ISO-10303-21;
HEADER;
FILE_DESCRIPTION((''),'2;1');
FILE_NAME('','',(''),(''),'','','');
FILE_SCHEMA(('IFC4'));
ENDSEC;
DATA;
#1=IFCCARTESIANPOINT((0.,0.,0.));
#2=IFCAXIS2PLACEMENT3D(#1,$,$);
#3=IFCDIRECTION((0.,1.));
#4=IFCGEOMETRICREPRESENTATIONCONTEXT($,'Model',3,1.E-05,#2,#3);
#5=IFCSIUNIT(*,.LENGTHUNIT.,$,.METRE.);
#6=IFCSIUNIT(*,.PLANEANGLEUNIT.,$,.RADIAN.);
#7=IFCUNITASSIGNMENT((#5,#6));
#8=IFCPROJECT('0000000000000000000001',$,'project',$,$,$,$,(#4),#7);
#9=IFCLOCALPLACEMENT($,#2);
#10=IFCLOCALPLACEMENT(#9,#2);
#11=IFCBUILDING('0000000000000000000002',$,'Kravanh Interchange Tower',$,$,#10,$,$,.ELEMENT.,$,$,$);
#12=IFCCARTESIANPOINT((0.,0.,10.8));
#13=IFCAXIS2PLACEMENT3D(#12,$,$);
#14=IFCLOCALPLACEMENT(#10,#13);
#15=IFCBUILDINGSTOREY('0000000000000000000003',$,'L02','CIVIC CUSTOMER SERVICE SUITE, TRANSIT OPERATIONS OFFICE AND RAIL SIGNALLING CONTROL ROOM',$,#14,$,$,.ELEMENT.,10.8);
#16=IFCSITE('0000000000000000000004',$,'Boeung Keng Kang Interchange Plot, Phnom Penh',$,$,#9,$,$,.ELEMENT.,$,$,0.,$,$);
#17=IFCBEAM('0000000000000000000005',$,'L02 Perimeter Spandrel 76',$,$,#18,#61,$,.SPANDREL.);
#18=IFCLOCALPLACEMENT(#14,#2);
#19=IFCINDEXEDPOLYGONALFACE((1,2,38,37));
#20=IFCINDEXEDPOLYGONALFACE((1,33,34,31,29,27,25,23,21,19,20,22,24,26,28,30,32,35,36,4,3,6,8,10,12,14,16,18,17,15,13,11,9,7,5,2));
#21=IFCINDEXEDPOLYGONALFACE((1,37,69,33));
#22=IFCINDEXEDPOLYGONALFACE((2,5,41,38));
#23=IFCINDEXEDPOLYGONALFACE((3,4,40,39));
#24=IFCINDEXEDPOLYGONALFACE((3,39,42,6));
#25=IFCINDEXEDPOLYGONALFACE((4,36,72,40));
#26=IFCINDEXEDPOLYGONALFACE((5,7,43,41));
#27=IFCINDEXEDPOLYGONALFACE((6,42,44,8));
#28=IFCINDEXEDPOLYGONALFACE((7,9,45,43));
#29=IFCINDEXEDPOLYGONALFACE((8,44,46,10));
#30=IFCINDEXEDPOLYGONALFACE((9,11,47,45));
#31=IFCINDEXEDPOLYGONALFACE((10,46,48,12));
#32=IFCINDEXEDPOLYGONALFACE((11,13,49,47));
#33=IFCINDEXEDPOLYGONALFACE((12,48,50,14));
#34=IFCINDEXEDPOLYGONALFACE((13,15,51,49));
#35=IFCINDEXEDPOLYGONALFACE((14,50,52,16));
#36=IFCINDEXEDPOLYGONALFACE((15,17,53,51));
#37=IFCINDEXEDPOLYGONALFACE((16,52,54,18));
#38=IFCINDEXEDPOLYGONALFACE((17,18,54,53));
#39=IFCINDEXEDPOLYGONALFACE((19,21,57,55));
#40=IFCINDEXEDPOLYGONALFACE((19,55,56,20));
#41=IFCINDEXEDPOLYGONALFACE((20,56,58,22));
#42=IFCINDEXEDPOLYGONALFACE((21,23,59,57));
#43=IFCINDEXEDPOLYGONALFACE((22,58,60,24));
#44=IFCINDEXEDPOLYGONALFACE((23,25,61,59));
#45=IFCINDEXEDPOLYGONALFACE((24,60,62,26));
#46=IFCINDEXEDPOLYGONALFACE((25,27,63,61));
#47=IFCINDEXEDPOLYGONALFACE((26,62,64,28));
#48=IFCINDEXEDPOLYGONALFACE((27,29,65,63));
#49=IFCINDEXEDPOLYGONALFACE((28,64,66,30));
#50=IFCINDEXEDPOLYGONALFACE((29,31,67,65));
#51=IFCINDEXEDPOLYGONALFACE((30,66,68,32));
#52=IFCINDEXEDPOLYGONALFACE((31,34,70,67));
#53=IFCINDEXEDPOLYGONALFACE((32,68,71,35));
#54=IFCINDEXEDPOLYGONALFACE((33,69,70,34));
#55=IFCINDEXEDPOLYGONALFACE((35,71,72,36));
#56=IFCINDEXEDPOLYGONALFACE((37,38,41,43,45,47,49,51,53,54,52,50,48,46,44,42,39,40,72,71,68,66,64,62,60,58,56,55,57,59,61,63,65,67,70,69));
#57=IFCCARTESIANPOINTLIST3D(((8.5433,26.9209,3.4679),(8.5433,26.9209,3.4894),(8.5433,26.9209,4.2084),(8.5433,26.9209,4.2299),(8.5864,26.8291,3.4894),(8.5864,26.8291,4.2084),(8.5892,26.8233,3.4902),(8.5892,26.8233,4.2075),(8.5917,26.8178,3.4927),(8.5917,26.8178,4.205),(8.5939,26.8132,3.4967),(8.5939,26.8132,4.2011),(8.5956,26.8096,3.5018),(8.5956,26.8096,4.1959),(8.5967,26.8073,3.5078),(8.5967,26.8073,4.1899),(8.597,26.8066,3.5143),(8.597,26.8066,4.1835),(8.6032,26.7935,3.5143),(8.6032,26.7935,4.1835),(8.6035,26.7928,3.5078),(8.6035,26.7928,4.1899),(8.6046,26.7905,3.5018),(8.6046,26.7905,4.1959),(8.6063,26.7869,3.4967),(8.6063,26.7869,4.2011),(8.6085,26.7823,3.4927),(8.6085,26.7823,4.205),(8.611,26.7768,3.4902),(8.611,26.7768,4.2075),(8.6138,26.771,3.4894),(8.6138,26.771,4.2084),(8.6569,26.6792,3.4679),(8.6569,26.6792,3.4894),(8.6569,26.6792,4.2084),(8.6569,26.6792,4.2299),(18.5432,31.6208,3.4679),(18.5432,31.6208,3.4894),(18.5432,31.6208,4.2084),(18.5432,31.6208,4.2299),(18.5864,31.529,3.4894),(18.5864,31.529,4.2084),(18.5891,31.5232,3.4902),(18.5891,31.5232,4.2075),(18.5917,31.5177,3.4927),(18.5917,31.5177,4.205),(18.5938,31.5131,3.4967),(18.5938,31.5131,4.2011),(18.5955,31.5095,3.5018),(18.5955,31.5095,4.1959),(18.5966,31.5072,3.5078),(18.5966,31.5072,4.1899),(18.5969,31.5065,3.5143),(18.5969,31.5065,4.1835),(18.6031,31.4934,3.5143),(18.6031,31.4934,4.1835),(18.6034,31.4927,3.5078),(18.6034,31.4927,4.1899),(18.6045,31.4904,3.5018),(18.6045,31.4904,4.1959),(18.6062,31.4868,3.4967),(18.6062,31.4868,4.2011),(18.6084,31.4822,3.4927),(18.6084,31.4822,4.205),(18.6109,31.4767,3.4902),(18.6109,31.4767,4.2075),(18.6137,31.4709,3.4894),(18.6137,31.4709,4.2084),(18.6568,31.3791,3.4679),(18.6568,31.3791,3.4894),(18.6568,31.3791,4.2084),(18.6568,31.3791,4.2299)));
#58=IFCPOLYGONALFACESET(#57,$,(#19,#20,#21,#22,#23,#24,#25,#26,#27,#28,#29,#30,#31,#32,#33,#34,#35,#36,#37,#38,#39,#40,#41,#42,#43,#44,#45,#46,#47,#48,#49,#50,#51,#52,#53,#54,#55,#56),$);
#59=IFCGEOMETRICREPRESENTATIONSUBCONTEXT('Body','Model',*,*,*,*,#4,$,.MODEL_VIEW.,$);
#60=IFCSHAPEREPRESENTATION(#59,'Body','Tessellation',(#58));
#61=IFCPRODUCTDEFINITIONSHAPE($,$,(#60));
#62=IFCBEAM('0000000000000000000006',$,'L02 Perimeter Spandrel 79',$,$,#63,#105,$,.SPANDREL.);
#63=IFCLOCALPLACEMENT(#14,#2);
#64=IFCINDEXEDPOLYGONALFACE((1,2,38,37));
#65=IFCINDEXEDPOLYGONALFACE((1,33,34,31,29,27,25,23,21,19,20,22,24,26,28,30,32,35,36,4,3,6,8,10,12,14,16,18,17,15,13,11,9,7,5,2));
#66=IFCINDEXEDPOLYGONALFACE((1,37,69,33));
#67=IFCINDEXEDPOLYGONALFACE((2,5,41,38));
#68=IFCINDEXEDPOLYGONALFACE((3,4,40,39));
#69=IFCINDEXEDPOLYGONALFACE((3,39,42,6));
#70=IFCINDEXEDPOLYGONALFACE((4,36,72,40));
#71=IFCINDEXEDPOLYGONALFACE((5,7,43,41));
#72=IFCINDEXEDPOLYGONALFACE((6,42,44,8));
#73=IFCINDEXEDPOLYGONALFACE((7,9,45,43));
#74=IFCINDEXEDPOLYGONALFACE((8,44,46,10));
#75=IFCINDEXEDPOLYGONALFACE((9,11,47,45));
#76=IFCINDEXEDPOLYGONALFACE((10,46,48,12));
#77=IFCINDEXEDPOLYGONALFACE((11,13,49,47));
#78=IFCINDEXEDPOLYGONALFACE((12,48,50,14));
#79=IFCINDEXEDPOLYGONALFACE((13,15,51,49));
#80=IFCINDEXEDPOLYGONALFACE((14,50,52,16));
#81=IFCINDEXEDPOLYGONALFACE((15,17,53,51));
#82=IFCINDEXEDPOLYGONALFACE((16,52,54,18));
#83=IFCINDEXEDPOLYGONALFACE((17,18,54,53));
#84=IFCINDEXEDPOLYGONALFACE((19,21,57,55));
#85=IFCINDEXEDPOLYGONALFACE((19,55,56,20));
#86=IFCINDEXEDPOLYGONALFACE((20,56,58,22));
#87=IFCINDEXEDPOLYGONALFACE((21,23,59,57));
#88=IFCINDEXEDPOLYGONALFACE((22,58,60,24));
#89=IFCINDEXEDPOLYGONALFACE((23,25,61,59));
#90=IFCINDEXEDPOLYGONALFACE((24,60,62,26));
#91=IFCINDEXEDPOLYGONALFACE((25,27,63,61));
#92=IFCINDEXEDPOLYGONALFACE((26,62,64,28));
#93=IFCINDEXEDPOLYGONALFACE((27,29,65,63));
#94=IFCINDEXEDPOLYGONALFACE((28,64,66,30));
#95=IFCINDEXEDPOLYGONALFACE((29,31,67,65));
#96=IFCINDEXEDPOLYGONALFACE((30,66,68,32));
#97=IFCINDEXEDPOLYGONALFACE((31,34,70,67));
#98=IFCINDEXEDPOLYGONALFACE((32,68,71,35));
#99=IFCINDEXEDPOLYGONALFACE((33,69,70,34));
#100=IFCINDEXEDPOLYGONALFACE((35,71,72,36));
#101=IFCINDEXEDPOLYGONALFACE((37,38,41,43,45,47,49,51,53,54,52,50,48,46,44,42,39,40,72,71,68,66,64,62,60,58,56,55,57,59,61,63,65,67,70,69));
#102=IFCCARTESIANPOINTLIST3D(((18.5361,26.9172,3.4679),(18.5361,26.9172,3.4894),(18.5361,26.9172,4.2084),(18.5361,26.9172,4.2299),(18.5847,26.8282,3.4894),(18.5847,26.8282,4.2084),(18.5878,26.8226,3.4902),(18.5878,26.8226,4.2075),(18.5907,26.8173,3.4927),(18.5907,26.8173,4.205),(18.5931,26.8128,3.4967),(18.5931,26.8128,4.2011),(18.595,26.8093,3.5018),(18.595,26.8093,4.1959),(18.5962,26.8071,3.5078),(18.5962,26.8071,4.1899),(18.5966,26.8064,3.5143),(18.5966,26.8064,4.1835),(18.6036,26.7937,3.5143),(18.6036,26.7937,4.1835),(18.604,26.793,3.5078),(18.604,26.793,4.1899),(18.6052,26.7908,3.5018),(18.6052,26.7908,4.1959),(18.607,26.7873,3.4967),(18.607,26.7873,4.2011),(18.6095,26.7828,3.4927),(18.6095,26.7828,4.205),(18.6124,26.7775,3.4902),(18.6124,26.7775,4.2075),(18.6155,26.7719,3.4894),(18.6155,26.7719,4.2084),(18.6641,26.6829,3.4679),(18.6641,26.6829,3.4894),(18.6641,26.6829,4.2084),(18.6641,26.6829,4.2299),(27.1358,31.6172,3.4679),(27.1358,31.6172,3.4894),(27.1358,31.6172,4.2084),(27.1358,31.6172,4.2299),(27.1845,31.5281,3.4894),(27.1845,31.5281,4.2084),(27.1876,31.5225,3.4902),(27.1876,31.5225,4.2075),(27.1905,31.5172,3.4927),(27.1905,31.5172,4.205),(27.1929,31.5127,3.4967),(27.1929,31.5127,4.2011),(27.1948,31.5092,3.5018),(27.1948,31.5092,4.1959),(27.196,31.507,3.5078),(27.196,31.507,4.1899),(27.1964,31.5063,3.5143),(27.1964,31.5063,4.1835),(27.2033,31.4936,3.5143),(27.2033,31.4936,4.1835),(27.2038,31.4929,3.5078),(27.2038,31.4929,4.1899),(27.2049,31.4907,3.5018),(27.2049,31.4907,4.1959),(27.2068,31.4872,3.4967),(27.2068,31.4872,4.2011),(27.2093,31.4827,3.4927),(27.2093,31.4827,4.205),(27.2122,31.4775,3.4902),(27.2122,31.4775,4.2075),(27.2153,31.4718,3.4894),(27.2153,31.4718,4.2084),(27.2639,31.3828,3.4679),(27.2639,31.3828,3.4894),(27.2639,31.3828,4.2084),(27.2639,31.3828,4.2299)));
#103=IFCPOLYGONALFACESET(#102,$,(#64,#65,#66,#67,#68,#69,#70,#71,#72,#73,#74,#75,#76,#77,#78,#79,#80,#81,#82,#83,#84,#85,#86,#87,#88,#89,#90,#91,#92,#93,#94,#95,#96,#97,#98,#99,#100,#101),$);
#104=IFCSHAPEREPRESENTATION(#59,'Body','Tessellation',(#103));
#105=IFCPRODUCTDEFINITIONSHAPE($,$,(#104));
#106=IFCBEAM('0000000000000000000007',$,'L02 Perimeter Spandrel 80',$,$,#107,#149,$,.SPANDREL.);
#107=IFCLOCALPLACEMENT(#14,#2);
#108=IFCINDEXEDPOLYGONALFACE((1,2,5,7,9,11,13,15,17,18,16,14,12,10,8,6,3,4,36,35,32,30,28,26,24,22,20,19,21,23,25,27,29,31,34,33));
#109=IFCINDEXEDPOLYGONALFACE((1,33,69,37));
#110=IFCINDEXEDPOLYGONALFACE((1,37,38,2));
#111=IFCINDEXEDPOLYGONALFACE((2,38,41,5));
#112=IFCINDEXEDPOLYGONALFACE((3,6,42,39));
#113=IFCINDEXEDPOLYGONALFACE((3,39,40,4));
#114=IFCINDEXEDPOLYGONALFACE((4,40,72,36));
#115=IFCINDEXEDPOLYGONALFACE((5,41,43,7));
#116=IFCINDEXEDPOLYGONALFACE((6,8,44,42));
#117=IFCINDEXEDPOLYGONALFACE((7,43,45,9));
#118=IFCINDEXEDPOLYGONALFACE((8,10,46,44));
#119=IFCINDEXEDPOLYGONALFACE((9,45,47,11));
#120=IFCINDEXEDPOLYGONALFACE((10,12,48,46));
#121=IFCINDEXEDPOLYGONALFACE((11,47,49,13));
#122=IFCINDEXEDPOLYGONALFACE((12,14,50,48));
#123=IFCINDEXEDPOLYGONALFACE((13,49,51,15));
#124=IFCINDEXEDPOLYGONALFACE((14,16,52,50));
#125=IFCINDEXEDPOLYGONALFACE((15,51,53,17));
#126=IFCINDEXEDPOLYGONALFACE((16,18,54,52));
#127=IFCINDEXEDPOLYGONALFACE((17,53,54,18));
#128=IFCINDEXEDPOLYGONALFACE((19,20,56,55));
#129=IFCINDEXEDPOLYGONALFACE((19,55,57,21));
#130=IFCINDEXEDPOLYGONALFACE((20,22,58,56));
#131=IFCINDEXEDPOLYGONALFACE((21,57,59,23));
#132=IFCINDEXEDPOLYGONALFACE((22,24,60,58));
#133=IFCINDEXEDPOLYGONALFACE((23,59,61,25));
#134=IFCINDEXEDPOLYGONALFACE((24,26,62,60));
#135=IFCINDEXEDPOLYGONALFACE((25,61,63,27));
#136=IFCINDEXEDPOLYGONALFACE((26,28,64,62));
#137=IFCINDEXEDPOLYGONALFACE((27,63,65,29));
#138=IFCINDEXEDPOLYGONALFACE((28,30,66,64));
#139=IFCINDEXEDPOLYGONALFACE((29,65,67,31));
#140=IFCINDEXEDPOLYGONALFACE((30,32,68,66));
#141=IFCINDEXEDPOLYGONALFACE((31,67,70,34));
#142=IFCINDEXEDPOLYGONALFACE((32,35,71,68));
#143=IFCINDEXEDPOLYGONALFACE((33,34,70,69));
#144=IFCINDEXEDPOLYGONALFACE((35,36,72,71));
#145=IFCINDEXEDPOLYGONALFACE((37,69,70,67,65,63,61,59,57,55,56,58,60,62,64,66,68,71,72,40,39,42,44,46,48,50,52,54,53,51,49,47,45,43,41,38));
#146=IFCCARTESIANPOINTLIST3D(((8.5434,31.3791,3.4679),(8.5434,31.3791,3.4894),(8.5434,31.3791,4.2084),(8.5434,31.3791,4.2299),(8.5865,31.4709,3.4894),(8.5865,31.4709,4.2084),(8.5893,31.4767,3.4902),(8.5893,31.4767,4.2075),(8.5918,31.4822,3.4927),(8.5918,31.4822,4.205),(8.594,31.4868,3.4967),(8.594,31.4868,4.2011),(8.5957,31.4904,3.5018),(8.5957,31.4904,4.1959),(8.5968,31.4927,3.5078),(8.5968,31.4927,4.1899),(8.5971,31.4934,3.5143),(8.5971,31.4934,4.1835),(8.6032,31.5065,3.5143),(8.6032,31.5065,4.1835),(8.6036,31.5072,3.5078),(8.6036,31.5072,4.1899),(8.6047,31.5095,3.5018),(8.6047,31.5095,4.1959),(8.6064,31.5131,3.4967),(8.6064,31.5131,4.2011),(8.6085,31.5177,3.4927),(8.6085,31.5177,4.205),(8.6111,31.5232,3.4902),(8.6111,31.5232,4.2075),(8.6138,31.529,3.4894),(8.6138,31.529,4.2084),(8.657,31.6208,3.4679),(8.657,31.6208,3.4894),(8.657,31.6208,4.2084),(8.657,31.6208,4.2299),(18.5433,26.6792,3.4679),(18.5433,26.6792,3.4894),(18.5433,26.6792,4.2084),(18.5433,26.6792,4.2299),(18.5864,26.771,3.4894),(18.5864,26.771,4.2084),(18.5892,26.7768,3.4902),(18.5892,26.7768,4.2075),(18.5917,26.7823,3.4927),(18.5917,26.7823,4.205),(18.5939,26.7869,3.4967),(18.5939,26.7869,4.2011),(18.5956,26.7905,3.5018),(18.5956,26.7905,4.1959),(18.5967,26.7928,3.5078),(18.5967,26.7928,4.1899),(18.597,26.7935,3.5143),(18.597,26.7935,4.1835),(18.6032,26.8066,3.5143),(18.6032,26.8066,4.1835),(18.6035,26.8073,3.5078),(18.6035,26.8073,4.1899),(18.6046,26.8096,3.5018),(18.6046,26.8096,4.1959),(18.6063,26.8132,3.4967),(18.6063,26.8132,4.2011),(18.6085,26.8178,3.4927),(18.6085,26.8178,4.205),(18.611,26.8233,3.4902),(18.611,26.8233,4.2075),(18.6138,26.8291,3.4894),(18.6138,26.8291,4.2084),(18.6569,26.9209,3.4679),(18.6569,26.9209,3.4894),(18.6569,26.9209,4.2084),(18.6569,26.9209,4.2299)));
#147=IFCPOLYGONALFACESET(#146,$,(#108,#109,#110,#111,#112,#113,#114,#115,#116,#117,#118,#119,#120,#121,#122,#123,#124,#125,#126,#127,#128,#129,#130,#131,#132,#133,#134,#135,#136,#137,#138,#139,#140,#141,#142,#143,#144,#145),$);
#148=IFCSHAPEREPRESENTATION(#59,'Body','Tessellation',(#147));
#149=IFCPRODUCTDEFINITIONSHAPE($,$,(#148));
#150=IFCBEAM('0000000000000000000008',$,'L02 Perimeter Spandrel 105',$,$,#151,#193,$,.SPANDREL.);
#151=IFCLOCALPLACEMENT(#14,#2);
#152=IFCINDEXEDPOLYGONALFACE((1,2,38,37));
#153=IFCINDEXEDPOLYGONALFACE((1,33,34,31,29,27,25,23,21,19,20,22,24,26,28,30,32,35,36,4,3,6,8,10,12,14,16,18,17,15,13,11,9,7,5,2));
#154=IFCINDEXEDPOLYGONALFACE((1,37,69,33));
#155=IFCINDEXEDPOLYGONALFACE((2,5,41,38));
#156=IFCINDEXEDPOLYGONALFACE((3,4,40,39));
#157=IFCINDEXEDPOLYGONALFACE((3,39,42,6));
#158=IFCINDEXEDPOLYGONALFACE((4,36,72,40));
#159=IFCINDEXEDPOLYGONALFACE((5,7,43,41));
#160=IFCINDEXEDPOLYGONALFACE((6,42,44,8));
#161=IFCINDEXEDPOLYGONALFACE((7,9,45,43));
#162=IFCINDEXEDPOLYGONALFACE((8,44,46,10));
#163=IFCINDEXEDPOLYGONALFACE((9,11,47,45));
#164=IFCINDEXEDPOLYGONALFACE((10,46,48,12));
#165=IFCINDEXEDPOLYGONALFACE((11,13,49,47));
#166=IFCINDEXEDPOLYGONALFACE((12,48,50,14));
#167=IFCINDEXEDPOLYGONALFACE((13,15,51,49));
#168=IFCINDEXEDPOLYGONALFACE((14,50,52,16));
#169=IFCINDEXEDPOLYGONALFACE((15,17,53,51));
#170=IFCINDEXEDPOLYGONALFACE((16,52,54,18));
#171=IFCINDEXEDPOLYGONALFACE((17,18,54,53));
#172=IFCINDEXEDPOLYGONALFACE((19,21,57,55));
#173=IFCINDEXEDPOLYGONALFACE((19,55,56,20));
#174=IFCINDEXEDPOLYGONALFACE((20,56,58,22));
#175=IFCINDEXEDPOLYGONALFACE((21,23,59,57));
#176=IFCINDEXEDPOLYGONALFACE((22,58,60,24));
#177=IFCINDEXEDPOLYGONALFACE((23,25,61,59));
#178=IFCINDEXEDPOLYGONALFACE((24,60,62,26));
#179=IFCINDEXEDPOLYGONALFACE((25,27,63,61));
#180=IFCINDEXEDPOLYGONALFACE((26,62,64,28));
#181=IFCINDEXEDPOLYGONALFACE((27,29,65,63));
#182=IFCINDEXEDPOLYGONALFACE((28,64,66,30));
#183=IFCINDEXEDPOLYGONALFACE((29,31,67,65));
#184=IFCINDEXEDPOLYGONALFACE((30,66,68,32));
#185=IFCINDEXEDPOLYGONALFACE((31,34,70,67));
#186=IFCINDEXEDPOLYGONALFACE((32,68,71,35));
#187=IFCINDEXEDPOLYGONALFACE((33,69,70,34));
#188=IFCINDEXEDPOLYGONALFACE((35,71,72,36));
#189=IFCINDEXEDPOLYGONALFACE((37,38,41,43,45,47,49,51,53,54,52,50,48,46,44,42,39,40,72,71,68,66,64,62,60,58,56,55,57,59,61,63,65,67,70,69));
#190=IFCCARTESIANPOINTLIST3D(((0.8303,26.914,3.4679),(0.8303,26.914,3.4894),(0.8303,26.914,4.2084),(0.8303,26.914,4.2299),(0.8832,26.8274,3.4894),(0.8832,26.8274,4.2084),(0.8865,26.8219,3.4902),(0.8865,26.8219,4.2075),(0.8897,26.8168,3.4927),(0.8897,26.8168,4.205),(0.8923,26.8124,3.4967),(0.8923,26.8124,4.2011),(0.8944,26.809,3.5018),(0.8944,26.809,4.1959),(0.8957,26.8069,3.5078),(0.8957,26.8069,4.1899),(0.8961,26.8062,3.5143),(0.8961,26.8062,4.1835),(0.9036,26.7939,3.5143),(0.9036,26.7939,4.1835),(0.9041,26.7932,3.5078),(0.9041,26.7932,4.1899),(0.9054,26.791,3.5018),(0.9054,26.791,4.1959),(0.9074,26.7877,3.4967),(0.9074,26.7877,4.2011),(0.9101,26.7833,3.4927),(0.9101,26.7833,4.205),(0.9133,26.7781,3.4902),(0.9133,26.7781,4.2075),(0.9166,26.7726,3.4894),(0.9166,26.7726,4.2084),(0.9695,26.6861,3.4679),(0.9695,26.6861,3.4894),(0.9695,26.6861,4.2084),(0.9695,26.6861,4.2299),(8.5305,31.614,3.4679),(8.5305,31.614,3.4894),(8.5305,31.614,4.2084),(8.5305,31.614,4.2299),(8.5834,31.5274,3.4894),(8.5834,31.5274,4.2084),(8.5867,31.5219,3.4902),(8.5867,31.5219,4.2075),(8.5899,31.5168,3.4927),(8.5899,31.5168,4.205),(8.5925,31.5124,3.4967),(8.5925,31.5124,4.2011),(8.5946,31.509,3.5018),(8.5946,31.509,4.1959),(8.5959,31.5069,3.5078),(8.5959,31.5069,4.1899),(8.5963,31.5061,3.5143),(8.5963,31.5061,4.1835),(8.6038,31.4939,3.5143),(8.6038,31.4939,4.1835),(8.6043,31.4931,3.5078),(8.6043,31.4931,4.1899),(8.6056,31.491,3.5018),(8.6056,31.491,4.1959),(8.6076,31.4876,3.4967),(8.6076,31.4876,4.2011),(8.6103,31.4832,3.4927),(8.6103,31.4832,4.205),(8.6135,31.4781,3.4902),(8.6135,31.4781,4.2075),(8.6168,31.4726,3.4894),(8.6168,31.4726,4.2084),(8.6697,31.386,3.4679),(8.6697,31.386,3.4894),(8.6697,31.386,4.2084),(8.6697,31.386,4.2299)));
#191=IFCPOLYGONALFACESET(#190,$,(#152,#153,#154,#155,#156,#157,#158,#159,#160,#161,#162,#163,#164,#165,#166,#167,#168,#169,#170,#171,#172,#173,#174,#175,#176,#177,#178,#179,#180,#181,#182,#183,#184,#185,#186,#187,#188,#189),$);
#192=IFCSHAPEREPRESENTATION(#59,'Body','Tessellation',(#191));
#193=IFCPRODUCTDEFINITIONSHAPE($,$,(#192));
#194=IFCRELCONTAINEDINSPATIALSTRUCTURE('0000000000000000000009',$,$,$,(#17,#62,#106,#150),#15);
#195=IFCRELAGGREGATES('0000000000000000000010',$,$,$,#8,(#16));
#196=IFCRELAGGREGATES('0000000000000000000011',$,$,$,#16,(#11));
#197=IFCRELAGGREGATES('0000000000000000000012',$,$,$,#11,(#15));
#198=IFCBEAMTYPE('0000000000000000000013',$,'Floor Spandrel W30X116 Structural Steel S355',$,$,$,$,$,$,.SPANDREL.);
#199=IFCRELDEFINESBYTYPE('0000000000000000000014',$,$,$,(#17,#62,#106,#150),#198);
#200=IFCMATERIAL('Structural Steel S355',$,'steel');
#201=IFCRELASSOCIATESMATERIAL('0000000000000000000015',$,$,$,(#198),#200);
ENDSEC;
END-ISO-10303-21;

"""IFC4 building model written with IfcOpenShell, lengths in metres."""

from ifc_helpers import new_model, si_unit, direction, frame, origin, origin_2d, place, context, subcontext, project, spatial, i_section, extrude, material, material_profile, profile_set, type_object, element, save


model = new_model("IFC4")

# Units and contexts
model_context = context("Model", 3, precision=1e-05, world=origin(), true_north=direction((0.0, 1.0)))
body_context = subcontext(model_context, "Body", "Model", "MODEL_VIEW")
ifc_project = project(units=[si_unit("LENGTHUNIT", "METRE"), si_unit("PLANEANGLEUNIT", "RADIAN")], contexts=[model_context])

# Site, building, storey
site_placement = place(None, origin())
site = spatial("IfcSite", under=ifc_project, at=site_placement, Name="Boeung Keng Kang Interchange Plot, Phnom Penh", CompositionType="ELEMENT", RefElevation=0.0)
building_placement = place(site_placement, origin())
building = spatial("IfcBuilding", under=site, at=building_placement, Name="Kravanh Interchange Tower", CompositionType="ELEMENT")
storey_placement = place(building_placement, frame((0.0, 0.0, 10.8)))
storey = spatial("IfcBuildingStorey", under=building, at=storey_placement, Name="L02", Description="CIVIC CUSTOMER SERVICE SUITE, TRANSIT OPERATIONS OFFICE AND RAIL SIGNALLING CONTROL ROOM", CompositionType="ELEMENT", Elevation=10.8)

# Beams
ifc_material_1 = material(Name="Structural Steel S355", Category="steel")
ifc_material_profile_1 = material_profile(ifc_material_1, i_section(OverallWidth=0.2671, OverallDepth=0.762, WebThickness=0.0144, FlangeThickness=0.0215, FilletRadius=0.0249, at=origin_2d()), Name="W30X116")
ifc_profile_set_1 = profile_set([ifc_material_profile_1], Name="Structural Steel S355")
beam_type_1 = type_object("IfcBeamType", Name="Floor Spandrel W30X116 Structural Steel S355", PredefinedType="SPANDREL", material=ifc_profile_set_1)
beam_1_placement = place(storey_placement, frame((8.6001, 26.8, 3.8489), z_axis=(0.905025, 0.425358, 0.0), x_axis=(-0.425358, 0.905025, 0.0)))
element("IfcBeam", 1, at=beam_1_placement, inside=storey, type_object=beam_type_1, Name="L02 Perimeter Spandrel 76", PredefinedType="SPANDREL", context=body_context, shape_type="SweptSolid", body=[
    extrude(i_section(OverallWidth=0.2671, OverallDepth=0.762, WebThickness=0.0144, FlangeThickness=0.0215, FilletRadius=0.0249, at=origin_2d()), origin(), (0.0, 0.0, 1.0), 11.0493),
])
beam_2_placement = place(storey_placement, frame((18.6001, 26.8, 3.8489), z_axis=(0.877504, 0.479569, 0.0), x_axis=(-0.479569, 0.877504, 0.0)))
element("IfcBeam", 2, at=beam_2_placement, inside=storey, type_object=beam_type_1, Name="L02 Perimeter Spandrel 79", PredefinedType="SPANDREL", context=body_context, shape_type="SweptSolid", body=[
    extrude(i_section(OverallWidth=0.2671, OverallDepth=0.762, WebThickness=0.0144, FlangeThickness=0.0215, FilletRadius=0.0249, at=origin_2d()), origin(), (0.0, 0.0, 1.0), 9.8003),
])
beam_3_placement = place(storey_placement, frame((18.6001, 26.8, 3.8489), z_axis=(-0.905025, 0.425358, 0.0), x_axis=(-0.425358, -0.905025, 0.0)))
element("IfcBeam", 3, at=beam_3_placement, inside=storey, type_object=beam_type_1, Name="L02 Perimeter Spandrel 80", PredefinedType="SPANDREL", context=body_context, shape_type="SweptSolid", body=[
    extrude(i_section(OverallWidth=0.2671, OverallDepth=0.762, WebThickness=0.0144, FlangeThickness=0.0215, FilletRadius=0.0249, at=origin_2d()), origin(), (0.0, 0.0, 1.0), 11.0493),
])
beam_4_placement = place(storey_placement, frame((8.6001, 31.5, 3.8489), z_axis=(-0.853564, -0.520988, 0.0), x_axis=(0.520988, -0.853564, 0.0)))
element("IfcBeam", 4, at=beam_4_placement, inside=storey, type_object=beam_type_1, Name="L02 Perimeter Spandrel 105", PredefinedType="SPANDREL", context=body_context, shape_type="SweptSolid", body=[
    extrude(i_section(OverallWidth=0.2671, OverallDepth=0.762, WebThickness=0.0144, FlangeThickness=0.0215, FilletRadius=0.0249, at=origin_2d()), origin(), (0.0, 0.0, 1.0), 9.0212),
])

save(model, "model.ifc")
